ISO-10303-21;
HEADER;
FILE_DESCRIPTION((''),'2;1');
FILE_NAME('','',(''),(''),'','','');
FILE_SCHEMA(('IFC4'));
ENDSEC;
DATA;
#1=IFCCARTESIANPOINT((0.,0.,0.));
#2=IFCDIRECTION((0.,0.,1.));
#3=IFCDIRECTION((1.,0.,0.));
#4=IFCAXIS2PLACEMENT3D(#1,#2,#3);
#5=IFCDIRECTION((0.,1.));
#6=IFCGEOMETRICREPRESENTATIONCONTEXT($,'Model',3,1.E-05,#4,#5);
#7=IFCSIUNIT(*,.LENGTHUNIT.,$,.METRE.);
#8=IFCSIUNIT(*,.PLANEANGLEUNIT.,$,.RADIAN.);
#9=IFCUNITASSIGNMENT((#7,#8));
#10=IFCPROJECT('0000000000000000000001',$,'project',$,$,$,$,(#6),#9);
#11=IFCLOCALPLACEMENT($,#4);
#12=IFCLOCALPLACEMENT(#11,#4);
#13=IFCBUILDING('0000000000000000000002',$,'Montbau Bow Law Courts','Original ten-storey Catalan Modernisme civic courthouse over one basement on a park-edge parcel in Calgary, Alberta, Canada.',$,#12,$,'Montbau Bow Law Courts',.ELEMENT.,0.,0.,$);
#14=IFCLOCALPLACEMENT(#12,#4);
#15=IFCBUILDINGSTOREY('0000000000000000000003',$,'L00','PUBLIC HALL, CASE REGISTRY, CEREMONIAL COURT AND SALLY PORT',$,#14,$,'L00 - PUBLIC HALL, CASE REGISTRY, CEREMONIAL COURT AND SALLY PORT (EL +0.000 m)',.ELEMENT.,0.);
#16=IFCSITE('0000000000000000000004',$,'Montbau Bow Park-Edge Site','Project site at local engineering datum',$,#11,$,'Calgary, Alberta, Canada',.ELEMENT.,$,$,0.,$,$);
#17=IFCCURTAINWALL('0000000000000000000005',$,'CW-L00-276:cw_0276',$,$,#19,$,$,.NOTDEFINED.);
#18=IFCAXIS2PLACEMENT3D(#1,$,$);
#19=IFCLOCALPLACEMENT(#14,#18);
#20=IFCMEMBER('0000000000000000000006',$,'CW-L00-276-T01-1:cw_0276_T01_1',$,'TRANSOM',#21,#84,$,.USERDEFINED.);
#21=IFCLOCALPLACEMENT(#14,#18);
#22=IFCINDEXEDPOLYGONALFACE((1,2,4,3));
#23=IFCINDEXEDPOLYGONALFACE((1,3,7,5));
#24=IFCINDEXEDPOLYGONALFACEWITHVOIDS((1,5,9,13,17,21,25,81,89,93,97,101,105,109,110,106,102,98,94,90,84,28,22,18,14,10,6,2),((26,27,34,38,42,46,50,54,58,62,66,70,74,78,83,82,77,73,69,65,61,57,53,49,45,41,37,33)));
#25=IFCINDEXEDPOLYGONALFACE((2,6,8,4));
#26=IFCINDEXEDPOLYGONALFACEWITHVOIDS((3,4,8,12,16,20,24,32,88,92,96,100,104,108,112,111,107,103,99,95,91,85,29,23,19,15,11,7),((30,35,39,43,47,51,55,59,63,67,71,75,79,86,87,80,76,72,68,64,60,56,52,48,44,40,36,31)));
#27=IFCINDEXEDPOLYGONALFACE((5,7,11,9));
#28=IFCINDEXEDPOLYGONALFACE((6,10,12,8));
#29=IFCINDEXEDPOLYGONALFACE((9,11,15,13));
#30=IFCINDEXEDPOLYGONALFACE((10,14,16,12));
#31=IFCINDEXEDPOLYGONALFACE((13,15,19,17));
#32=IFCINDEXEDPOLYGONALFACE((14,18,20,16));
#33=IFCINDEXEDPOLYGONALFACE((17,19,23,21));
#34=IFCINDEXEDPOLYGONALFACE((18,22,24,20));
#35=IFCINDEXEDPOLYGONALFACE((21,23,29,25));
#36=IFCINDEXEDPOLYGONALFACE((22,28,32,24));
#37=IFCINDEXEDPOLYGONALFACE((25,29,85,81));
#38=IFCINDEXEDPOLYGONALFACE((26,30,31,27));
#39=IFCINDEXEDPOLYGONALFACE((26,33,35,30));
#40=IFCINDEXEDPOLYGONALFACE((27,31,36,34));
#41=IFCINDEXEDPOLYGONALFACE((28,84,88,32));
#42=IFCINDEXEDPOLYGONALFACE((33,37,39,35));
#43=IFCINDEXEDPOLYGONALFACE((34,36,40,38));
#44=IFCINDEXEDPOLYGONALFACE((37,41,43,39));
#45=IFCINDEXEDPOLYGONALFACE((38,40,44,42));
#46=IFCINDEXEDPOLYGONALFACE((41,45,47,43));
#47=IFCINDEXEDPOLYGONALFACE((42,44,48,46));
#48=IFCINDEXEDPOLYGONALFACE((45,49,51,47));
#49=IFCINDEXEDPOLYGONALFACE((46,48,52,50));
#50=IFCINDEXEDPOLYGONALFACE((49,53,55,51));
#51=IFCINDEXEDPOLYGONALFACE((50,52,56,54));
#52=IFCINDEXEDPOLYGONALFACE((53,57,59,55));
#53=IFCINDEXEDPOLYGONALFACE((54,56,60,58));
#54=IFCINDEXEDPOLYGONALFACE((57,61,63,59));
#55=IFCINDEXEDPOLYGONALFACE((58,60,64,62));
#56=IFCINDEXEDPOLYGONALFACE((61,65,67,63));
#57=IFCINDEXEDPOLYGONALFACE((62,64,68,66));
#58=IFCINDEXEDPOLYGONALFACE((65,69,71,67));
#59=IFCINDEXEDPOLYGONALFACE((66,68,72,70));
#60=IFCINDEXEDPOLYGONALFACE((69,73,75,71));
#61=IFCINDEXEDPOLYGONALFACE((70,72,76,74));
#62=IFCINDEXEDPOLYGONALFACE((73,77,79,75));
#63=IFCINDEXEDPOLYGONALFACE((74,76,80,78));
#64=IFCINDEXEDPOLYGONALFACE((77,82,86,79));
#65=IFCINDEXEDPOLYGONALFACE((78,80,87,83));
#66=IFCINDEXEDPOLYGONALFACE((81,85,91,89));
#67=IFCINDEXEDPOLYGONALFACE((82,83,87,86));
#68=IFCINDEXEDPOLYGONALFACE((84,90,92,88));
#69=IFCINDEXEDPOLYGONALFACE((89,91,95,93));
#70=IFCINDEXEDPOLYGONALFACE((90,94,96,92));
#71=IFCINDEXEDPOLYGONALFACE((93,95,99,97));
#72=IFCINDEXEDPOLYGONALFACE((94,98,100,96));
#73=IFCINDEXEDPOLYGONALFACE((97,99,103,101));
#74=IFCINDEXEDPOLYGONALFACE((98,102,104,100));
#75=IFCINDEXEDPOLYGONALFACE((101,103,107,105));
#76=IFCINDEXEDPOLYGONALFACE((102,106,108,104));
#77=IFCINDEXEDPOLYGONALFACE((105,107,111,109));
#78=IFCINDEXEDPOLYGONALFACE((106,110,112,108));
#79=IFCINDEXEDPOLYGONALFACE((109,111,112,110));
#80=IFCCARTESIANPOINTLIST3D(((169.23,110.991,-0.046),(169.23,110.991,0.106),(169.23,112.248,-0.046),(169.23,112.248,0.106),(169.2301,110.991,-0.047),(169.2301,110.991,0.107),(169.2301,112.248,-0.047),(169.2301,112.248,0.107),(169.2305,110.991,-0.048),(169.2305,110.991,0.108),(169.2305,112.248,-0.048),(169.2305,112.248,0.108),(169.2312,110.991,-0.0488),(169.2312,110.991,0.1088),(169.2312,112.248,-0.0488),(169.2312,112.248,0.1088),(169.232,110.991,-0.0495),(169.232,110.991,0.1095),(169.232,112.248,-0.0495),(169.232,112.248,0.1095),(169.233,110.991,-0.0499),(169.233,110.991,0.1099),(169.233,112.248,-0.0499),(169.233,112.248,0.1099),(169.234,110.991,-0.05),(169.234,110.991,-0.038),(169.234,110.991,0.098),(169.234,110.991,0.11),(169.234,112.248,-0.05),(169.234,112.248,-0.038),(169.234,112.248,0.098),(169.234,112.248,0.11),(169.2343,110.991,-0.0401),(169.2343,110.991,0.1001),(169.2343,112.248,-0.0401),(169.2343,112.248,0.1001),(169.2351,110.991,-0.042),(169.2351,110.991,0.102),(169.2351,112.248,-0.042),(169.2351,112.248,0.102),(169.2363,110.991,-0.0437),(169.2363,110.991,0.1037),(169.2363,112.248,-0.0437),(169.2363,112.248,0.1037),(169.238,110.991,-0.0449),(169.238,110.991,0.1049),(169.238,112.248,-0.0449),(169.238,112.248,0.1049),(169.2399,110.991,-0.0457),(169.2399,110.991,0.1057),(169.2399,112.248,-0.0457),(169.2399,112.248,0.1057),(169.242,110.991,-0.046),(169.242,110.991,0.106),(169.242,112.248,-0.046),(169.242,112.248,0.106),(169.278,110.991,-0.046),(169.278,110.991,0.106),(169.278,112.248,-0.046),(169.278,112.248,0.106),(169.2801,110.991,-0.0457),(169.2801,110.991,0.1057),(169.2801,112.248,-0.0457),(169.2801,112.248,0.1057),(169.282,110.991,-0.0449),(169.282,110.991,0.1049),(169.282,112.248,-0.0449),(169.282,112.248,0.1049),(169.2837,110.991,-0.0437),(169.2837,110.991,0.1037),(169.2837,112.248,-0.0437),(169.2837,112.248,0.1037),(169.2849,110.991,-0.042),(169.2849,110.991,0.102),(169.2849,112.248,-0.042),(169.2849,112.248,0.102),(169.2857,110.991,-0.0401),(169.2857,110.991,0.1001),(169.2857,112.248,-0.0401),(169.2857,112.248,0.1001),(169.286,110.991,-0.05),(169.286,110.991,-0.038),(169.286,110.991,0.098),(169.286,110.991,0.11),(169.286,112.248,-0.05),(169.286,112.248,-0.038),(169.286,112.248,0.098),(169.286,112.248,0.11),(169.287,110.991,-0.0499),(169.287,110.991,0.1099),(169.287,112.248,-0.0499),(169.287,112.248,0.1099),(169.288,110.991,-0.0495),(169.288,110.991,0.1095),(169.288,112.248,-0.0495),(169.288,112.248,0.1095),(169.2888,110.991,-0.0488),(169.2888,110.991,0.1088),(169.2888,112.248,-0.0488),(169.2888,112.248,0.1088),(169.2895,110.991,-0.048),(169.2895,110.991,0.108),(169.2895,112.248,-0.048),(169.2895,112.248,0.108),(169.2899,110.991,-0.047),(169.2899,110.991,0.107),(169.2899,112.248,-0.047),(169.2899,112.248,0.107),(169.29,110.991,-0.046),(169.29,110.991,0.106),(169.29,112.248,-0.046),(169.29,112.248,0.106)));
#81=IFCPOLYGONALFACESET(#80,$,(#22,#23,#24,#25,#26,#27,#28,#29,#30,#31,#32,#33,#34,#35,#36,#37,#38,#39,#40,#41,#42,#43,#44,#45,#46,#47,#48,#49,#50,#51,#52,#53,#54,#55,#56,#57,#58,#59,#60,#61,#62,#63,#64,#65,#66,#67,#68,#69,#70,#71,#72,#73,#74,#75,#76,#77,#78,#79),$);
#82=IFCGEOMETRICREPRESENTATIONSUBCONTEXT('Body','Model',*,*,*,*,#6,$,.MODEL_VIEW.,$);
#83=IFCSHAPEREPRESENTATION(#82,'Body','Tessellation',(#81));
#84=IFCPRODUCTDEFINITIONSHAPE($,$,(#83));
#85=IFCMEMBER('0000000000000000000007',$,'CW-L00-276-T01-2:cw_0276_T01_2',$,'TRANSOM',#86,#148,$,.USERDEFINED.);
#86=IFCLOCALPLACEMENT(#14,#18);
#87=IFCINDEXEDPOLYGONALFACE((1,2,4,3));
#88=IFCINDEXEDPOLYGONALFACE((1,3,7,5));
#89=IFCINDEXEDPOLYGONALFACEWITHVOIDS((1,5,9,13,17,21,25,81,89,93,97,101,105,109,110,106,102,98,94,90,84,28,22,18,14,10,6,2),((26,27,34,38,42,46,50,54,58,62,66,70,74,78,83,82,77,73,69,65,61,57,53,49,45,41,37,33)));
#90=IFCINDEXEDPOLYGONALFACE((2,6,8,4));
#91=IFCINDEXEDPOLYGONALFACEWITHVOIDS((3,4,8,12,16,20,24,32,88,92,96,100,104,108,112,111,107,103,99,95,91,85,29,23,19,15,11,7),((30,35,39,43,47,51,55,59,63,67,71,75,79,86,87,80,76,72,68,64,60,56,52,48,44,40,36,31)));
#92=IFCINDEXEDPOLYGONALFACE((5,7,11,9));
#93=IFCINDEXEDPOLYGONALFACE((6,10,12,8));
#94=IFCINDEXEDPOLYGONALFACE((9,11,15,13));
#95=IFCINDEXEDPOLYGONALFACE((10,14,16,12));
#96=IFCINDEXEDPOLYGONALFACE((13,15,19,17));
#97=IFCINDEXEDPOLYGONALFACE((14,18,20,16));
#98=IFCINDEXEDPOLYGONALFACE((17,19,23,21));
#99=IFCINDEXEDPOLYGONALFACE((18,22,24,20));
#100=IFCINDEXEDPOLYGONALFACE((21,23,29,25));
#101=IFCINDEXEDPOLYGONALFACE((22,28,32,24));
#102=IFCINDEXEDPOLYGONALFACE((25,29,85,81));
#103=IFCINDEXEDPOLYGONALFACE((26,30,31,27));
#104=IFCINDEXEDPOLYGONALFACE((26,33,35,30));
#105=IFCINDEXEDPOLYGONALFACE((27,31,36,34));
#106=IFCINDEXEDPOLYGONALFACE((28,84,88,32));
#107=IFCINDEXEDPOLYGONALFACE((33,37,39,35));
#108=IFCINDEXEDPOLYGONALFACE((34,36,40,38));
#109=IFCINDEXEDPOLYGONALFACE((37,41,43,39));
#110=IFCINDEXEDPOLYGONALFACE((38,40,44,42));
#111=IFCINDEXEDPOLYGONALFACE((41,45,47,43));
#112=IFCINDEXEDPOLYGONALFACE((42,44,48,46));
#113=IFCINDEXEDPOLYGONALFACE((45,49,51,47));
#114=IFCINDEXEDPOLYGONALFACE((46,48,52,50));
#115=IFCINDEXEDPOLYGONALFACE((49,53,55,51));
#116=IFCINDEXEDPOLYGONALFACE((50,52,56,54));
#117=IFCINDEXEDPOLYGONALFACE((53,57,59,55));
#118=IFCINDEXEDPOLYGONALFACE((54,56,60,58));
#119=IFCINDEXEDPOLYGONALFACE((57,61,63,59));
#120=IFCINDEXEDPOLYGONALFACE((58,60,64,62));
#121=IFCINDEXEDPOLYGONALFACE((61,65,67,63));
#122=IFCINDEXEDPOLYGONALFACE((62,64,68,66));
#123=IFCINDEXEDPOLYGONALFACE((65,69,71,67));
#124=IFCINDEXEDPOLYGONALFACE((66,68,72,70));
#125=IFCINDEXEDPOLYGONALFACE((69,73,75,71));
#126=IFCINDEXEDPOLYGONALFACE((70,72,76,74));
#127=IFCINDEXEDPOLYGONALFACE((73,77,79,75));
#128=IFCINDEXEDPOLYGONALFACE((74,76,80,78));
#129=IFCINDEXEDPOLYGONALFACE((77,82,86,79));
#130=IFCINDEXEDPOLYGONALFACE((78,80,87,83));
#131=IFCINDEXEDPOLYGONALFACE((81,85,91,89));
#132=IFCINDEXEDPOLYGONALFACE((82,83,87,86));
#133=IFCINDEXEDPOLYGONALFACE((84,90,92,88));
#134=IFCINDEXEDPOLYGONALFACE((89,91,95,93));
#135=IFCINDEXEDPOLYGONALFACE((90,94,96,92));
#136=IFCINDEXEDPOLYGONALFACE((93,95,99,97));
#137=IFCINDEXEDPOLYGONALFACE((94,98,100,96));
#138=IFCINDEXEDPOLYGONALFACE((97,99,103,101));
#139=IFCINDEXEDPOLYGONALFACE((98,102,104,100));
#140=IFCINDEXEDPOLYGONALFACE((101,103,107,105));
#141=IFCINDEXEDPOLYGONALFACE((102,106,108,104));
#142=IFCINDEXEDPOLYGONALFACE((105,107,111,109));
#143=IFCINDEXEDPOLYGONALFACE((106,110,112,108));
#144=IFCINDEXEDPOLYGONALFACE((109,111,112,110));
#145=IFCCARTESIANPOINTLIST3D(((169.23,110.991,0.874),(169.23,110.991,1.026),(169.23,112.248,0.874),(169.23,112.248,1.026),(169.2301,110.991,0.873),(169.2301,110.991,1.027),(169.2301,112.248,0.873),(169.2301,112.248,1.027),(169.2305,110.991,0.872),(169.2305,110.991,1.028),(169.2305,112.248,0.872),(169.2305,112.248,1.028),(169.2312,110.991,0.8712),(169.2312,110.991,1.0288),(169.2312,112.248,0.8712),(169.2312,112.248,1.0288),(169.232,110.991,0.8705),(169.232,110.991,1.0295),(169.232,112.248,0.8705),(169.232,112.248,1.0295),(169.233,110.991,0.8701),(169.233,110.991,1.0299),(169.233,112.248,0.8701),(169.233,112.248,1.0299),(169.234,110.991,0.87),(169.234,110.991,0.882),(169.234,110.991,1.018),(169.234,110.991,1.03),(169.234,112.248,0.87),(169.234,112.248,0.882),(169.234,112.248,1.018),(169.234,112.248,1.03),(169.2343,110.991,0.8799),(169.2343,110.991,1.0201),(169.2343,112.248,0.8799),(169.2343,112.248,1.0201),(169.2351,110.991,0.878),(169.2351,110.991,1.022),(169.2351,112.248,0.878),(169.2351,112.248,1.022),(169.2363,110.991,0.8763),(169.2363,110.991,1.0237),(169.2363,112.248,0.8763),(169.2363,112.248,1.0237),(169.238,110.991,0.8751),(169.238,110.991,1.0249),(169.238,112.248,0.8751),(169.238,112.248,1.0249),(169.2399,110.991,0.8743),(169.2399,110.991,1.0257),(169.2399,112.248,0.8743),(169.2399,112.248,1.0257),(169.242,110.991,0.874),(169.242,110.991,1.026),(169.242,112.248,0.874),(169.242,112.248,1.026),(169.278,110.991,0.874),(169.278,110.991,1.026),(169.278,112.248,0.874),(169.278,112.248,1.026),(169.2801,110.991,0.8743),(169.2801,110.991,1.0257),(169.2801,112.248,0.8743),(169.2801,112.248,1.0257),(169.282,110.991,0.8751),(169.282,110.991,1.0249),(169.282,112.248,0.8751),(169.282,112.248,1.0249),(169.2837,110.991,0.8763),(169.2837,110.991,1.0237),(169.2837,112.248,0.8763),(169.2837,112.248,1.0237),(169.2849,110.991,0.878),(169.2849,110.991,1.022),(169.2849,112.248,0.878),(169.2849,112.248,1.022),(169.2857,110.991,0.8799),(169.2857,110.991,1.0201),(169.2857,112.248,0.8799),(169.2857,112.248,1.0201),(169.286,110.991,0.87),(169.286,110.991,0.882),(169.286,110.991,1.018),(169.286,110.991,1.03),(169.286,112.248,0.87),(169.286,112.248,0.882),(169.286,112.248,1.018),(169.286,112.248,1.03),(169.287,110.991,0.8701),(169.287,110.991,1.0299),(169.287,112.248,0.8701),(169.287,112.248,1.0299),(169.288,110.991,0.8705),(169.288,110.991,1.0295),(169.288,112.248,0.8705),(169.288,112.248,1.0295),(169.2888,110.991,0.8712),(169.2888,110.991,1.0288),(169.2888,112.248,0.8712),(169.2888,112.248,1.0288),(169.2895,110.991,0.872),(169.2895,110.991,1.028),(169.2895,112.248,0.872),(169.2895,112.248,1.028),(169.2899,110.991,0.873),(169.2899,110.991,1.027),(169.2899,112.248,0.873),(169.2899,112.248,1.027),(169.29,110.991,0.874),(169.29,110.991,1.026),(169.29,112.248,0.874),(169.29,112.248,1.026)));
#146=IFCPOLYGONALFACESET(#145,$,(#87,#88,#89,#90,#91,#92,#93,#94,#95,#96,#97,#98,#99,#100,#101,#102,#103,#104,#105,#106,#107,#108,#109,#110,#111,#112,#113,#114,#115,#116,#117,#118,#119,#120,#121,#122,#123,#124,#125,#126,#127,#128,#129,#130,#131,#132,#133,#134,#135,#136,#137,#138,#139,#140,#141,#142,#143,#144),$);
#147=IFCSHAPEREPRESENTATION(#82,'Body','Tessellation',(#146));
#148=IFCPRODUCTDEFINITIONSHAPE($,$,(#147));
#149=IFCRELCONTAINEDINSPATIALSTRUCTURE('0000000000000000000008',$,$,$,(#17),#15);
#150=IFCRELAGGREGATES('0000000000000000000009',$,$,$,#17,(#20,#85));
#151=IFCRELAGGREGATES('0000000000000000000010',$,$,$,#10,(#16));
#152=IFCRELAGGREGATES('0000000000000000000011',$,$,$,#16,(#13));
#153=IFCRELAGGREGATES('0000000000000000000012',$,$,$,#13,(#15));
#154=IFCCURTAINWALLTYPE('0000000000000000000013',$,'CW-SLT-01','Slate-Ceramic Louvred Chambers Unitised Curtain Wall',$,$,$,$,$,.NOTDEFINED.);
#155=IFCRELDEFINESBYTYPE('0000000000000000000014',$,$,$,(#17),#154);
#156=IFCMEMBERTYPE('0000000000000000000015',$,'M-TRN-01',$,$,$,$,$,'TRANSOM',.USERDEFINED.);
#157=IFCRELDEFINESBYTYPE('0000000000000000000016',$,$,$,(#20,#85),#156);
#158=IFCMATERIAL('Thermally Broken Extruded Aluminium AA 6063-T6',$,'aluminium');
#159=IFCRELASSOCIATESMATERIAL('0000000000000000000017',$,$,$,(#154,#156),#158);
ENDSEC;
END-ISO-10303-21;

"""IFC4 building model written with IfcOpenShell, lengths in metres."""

from ifc_helpers import new_model, si_unit, direction, frame, origin_with_axes, origin_2d_with_axis, place, context, subcontext, project, spatial, hollow_rectangle, extrude, material, material_profile, profile_set, type_object, element, aggregate, save


model = new_model("IFC4")

# Units and contexts
model_context = context("Model", 3, precision=1e-05, world=origin_with_axes(), true_north=direction((0.0, 1.0)))
body_context = subcontext(model_context, "Body", "Model", "MODEL_VIEW")
ifc_project = project(units=[si_unit("LENGTHUNIT", "METRE"), si_unit("PLANEANGLEUNIT", "RADIAN")], contexts=[model_context])

# Site, building, storey
site_placement = place(None, origin_with_axes())
site = spatial("IfcSite", under=ifc_project, at=site_placement, Name="Montbau Bow Park-Edge Site", Description="Project site at local engineering datum", LongName="Calgary, Alberta, Canada", CompositionType="ELEMENT", RefElevation=0.0)
building_placement = place(site_placement, origin_with_axes())
building = spatial("IfcBuilding", under=site, at=building_placement, Name="Montbau Bow Law Courts", Description="Original ten-storey Catalan Modernisme civic courthouse over one basement on a park-edge parcel in Calgary, Alberta, Canada.", LongName="Montbau Bow Law Courts", CompositionType="ELEMENT", ElevationOfRefHeight=0.0, ElevationOfTerrain=0.0)
storey_placement = place(building_placement, origin_with_axes())
storey = spatial("IfcBuildingStorey", under=building, at=storey_placement, Name="L00", Description="PUBLIC HALL, CASE REGISTRY, CEREMONIAL COURT AND SALLY PORT", LongName="L00 - PUBLIC HALL, CASE REGISTRY, CEREMONIAL COURT AND SALLY PORT (EL +0.000 m)", CompositionType="ELEMENT", Elevation=0.0)

# Curtain wall, members
ifc_material_1 = material(Name="Thermally Broken Extruded Aluminium AA 6063-T6", Category="aluminium")
curtain_wall_type = type_object("IfcCurtainWallType", Name="CW-SLT-01", Description="Slate-Ceramic Louvred Chambers Unitised Curtain Wall", PredefinedType="NOTDEFINED", material=ifc_material_1)
curtain_wall_placement = place(None, frame((169.26, 110.915, 0.0), z_axis=(0.0, 0.0, 1.0), x_axis=(1.0, 0.0, 0.0)))
curtain_wall = element("IfcCurtainWall", 1, at=curtain_wall_placement, inside=storey, type_object=curtain_wall_type, Name="CW-L00-276:cw_0276", PredefinedType="NOTDEFINED")
ifc_material_profile_1 = material_profile(ifc_material_1, hollow_rectangle(XDim=0.06, YDim=0.16, WallThickness=0.004, InnerFilletRadius=0.008, OuterFilletRadius=0.004, at=origin_2d_with_axis()), Name="CWT-160X60", Category="Main", Priority=0)
ifc_profile_set_1 = profile_set([ifc_material_profile_1], Name="Thermally Broken Extruded Aluminium AA 6063-T6")
member_type_1 = type_object("IfcMemberType", Name="M-TRN-01", ElementType="TRANSOM", PredefinedType="USERDEFINED", material=ifc_profile_set_1)
member_1_placement = place(None, frame((169.26, 110.991, 0.03), z_axis=(0.0, 1.0, 0.0), x_axis=(-1.0, 0.0, 0.0)))
member_1 = element("IfcMember", 2, at=member_1_placement, type_object=member_type_1, Name="CW-L00-276-T01-1:cw_0276_T01_1", ObjectType="TRANSOM", PredefinedType="USERDEFINED", context=body_context, shape_type="SweptSolid", body=[
    extrude(hollow_rectangle(XDim=0.06, YDim=0.16, WallThickness=0.004, InnerFilletRadius=0.008, OuterFilletRadius=0.004, at=origin_2d_with_axis()), origin_with_axes(), (0.0, 0.0, 1.0), 1.257),
])
member_2_placement = place(None, frame((169.26, 110.991, 0.95), z_axis=(0.0, 1.0, 0.0), x_axis=(-1.0, 0.0, 0.0)))
member_2 = element("IfcMember", 3, at=member_2_placement, type_object=member_type_1, Name="CW-L00-276-T01-2:cw_0276_T01_2", ObjectType="TRANSOM", PredefinedType="USERDEFINED", context=body_context, shape_type="SweptSolid", body=[
    extrude(hollow_rectangle(XDim=0.06, YDim=0.16, WallThickness=0.004, InnerFilletRadius=0.008, OuterFilletRadius=0.004, at=origin_2d_with_axis()), origin_with_axes(), (0.0, 0.0, 1.0), 1.257),
])
aggregate(curtain_wall, [member_1, member_2])

save(model, "model.ifc")
